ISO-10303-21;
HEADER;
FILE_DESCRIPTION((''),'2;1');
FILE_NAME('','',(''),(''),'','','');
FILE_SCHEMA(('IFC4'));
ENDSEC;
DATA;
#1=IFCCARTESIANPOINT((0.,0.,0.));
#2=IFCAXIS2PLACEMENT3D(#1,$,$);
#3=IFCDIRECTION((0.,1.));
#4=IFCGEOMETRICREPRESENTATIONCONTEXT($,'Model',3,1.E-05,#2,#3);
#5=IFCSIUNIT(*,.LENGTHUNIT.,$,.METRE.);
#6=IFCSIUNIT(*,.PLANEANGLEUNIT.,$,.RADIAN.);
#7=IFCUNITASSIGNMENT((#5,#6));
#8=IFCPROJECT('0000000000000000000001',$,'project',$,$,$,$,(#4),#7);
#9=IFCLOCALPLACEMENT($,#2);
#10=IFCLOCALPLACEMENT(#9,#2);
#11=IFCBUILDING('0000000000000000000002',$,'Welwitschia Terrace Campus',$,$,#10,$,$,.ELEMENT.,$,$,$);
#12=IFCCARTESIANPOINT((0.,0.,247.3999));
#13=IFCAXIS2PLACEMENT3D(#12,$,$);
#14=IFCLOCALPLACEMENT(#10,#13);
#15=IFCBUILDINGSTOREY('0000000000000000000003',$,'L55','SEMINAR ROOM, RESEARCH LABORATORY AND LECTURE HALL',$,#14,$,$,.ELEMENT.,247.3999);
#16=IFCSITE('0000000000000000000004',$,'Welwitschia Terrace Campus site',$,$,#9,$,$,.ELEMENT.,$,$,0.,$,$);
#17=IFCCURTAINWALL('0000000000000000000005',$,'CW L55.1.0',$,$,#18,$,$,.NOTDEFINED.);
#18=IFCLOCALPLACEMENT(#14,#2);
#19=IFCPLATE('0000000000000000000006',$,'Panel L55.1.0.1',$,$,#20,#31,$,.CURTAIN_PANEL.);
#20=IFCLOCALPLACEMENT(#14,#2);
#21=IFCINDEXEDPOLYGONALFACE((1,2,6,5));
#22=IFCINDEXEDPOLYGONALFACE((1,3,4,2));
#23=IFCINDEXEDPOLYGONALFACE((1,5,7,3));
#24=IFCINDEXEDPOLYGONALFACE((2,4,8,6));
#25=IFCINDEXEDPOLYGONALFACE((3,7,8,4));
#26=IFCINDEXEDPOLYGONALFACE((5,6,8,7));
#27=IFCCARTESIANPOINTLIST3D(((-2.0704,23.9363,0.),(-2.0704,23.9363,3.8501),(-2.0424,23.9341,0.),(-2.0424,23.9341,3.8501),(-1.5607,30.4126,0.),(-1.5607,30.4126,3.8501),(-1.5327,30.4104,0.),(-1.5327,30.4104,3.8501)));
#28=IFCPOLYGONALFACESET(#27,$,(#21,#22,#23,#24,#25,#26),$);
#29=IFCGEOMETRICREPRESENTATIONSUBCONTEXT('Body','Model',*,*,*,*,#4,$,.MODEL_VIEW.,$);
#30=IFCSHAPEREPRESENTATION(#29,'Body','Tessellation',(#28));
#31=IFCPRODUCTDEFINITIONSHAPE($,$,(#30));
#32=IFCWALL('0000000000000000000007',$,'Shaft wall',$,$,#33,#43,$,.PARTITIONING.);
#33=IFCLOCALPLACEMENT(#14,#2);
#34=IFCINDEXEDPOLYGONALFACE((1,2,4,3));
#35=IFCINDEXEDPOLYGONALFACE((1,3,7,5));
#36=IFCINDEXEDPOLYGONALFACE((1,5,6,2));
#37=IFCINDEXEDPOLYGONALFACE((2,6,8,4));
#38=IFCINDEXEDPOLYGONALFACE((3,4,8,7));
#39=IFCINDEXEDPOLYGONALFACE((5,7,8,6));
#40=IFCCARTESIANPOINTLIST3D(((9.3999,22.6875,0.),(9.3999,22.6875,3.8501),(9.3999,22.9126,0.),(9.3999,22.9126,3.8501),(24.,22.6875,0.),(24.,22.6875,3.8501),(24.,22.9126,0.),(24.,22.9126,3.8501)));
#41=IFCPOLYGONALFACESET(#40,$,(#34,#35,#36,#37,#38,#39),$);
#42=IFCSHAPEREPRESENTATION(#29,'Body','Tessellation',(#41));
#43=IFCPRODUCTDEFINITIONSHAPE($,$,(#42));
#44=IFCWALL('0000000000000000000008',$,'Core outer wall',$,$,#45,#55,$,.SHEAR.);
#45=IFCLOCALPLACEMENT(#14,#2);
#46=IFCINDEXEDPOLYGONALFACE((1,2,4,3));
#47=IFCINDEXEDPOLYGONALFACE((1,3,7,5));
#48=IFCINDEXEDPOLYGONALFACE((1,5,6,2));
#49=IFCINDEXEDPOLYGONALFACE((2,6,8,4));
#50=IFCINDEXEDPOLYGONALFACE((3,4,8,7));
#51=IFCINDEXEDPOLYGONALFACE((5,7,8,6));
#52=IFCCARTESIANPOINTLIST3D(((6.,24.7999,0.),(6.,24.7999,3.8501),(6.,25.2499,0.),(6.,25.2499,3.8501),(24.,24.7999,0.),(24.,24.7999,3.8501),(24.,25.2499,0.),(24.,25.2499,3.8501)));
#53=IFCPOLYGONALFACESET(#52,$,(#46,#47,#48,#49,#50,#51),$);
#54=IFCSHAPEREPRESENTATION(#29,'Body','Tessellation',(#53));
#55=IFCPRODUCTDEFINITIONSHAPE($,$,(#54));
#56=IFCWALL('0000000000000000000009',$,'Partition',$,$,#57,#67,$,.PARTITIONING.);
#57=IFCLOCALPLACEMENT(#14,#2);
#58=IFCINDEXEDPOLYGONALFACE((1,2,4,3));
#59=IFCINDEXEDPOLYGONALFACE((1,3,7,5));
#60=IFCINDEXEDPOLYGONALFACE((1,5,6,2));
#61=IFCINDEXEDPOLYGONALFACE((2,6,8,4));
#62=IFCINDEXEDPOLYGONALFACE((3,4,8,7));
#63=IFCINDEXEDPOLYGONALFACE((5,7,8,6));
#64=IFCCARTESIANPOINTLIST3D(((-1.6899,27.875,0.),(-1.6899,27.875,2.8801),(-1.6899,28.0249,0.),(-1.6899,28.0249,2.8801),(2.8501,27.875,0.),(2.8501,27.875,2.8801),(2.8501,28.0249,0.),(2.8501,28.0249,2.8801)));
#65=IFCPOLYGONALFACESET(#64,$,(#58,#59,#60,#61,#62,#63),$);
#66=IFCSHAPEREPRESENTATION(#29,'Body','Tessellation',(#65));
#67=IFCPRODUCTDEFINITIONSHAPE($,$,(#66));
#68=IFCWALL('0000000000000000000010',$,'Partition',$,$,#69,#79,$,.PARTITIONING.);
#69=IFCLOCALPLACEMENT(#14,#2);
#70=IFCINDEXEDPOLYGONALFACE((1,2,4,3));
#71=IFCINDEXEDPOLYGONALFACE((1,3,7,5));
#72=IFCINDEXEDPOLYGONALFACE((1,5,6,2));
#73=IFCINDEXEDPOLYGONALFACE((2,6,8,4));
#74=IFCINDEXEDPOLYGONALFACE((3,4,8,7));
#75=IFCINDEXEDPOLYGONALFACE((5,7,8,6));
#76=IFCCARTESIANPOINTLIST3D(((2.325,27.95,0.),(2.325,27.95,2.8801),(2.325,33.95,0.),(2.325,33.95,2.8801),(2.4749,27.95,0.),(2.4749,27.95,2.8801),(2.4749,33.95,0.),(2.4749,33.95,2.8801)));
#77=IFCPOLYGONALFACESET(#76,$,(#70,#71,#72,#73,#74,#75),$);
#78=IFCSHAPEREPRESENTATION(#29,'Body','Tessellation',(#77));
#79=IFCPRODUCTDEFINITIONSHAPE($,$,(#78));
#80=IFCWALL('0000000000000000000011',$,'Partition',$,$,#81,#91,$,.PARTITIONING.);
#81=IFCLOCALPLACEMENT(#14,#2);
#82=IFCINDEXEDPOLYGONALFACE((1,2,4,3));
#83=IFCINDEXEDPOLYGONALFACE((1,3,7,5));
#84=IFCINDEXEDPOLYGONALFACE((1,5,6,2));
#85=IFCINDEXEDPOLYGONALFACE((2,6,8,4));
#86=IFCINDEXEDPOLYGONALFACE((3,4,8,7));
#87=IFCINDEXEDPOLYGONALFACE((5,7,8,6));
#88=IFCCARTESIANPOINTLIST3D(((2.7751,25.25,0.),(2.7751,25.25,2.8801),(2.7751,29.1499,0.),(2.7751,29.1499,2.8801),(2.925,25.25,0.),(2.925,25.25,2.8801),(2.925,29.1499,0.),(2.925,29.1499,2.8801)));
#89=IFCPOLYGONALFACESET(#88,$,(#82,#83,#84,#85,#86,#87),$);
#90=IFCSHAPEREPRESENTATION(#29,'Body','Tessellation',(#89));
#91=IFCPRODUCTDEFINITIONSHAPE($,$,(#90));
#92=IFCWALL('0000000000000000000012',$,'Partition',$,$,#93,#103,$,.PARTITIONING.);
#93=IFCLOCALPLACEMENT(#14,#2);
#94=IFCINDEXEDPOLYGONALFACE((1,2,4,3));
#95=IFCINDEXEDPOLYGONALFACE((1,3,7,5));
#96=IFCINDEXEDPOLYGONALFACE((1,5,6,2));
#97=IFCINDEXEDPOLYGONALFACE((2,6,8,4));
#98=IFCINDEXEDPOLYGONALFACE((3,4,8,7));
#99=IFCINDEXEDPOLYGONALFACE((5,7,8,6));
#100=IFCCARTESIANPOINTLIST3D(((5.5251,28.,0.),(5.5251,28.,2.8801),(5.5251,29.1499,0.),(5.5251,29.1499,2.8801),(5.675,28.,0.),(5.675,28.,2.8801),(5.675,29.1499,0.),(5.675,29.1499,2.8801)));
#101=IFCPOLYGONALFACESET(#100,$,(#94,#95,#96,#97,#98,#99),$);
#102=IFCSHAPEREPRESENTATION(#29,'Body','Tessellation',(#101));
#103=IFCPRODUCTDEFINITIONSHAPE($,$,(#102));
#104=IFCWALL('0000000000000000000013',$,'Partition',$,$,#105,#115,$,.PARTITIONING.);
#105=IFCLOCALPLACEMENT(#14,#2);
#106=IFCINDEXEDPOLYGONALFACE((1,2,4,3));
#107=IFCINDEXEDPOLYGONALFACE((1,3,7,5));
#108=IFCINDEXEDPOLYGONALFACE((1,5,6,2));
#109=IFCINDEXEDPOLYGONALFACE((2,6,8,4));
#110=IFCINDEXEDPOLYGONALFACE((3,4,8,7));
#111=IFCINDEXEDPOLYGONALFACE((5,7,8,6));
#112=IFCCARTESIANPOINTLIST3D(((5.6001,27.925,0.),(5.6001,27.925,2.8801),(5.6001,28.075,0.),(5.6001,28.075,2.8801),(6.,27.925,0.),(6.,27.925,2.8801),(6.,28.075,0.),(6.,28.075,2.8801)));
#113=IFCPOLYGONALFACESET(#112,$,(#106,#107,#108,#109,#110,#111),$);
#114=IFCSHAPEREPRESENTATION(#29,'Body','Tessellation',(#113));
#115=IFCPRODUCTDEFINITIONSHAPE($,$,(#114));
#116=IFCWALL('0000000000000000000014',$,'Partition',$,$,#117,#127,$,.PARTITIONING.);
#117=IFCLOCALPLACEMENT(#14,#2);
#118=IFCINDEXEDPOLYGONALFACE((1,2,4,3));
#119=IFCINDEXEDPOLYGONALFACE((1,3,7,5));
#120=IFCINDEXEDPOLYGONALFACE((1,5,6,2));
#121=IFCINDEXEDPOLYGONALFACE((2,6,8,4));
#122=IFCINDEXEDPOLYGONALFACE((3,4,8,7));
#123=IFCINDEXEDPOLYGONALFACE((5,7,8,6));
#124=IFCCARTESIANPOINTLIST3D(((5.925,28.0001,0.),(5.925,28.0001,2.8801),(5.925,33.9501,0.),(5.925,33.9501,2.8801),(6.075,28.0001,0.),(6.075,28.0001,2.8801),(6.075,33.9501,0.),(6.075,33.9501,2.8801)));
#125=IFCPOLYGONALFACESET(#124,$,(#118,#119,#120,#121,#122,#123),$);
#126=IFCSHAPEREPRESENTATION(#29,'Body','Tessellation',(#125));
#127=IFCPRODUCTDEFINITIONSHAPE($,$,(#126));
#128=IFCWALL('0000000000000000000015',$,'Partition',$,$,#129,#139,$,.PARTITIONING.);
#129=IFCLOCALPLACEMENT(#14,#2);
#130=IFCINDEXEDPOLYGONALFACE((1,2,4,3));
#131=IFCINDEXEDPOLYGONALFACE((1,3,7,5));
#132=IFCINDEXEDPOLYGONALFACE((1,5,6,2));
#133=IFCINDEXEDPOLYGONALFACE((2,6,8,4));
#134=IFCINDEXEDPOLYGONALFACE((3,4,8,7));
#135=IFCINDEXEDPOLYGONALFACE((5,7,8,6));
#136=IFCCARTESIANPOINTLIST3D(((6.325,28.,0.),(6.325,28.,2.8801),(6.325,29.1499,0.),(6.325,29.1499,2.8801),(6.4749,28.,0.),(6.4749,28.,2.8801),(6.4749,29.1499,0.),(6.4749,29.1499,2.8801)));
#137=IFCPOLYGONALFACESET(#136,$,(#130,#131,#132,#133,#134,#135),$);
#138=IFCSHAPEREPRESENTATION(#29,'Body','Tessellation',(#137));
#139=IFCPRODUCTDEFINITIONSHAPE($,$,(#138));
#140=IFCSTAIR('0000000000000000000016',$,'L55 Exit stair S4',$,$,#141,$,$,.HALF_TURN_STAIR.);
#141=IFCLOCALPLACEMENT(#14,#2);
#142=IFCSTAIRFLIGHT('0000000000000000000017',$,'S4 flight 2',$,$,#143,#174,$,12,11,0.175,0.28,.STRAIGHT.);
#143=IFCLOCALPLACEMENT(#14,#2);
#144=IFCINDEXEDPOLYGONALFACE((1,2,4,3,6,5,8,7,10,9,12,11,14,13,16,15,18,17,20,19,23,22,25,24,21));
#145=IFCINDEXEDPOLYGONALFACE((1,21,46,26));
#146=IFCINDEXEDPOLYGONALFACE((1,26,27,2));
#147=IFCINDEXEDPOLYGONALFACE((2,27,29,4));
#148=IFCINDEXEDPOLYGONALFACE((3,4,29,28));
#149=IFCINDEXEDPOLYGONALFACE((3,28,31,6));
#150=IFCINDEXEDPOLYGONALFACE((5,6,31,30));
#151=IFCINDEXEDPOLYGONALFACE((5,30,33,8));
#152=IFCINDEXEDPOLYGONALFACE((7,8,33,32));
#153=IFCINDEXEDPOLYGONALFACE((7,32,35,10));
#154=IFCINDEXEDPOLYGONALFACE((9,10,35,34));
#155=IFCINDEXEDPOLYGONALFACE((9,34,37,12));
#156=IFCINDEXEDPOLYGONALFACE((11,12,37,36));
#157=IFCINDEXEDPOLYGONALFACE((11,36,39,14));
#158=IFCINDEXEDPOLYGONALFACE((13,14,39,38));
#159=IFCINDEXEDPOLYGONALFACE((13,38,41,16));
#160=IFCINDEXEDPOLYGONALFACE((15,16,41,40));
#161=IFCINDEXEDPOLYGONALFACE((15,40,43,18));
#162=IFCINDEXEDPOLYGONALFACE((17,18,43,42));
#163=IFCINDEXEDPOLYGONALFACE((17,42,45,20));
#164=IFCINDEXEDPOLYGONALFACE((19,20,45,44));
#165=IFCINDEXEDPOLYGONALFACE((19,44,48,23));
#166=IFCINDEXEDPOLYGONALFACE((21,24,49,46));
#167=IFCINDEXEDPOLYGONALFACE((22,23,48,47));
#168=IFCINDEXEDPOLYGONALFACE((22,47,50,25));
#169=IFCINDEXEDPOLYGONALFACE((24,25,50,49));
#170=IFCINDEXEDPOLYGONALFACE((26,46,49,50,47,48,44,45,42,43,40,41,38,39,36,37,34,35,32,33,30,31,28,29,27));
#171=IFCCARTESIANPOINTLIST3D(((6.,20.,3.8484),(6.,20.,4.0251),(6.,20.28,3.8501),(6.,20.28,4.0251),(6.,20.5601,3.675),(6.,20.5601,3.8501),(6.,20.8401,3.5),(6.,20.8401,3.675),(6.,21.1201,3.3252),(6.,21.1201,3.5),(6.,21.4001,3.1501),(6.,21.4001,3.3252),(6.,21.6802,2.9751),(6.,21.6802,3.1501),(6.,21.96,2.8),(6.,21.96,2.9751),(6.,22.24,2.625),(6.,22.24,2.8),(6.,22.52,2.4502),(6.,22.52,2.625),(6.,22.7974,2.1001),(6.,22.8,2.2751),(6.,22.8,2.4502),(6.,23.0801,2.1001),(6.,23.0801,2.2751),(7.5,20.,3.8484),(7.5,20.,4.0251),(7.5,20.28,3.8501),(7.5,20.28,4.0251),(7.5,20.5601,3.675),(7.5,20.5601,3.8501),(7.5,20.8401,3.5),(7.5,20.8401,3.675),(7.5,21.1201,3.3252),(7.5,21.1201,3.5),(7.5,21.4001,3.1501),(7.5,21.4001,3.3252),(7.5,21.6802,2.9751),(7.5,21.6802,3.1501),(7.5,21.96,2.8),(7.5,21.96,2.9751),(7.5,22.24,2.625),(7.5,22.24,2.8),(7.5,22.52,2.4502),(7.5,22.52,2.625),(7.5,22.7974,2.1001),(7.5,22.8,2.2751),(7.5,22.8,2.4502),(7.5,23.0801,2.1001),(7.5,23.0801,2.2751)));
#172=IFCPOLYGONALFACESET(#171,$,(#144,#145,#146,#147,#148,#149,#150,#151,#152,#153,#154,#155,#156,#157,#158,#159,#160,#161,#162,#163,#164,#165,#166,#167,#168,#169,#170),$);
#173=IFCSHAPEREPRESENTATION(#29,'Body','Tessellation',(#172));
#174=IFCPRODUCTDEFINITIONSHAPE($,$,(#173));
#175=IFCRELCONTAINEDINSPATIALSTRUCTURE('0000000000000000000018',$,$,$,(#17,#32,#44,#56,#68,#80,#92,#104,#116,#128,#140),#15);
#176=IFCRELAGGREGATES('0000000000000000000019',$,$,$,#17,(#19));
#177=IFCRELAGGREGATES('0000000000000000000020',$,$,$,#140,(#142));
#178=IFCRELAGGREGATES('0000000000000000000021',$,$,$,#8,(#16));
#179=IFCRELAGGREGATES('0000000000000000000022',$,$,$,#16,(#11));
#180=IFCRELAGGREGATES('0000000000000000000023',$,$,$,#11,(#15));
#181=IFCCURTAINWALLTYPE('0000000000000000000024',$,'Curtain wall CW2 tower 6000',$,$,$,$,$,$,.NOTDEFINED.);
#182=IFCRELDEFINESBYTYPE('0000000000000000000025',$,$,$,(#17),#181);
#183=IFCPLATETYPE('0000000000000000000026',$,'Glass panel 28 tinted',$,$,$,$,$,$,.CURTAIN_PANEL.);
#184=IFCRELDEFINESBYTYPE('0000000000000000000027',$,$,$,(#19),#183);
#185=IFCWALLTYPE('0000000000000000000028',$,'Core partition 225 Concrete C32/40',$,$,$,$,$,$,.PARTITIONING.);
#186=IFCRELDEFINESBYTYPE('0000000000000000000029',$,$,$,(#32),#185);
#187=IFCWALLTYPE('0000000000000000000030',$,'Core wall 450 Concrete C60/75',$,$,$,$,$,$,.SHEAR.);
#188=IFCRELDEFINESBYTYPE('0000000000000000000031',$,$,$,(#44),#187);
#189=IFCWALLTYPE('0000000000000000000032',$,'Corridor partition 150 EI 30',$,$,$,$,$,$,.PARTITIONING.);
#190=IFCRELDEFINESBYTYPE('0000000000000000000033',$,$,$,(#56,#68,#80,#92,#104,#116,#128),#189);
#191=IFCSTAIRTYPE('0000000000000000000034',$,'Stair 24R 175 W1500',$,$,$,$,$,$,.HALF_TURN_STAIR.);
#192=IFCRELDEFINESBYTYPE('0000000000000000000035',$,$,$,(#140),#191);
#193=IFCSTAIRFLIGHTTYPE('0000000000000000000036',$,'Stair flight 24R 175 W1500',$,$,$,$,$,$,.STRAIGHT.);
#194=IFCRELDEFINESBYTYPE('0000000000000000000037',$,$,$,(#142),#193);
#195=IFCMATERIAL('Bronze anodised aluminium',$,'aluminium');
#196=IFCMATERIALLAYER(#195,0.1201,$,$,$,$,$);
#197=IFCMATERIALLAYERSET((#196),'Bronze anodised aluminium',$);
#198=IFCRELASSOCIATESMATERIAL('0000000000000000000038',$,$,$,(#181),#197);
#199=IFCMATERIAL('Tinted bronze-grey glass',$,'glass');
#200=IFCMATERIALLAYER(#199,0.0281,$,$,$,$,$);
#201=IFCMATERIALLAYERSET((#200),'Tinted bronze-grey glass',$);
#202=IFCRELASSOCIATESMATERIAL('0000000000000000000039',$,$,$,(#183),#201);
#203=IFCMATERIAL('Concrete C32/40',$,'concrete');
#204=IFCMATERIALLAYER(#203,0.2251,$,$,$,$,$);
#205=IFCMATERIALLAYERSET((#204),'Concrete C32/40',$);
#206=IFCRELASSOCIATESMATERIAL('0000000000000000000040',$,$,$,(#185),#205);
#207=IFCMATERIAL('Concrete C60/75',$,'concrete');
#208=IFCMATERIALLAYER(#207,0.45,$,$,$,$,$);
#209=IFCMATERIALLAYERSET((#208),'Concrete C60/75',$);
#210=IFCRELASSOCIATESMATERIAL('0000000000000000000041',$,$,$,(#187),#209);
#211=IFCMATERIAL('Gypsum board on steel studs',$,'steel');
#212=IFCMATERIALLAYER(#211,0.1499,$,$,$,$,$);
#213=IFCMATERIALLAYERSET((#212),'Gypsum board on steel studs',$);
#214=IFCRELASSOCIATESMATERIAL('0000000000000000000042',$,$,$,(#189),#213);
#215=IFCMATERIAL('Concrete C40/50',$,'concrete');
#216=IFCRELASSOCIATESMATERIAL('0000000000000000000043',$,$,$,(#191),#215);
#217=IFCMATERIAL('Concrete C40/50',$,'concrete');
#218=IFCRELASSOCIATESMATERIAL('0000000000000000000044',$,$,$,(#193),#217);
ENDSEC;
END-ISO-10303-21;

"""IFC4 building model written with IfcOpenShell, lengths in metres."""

from ifc_helpers import new_model, si_unit, direction, frame, frame_2d, origin, origin_2d, place, context, subcontext, project, spatial, polyline, rectangle, outline, extrude, material, layer, layer_set, type_object, element, aggregate, save


model = new_model("IFC4")

# Units and contexts
model_context = context("Model", 3, precision=1e-05, world=origin(), true_north=direction((0.0, 1.0)))
body_context = subcontext(model_context, "Body", "Model", "MODEL_VIEW")
ifc_project = project(units=[si_unit("LENGTHUNIT", "METRE"), si_unit("PLANEANGLEUNIT", "RADIAN")], contexts=[model_context])

# Site, building, storey
site_placement = place(None, origin())
site = spatial("IfcSite", under=ifc_project, at=site_placement, Name="Welwitschia Terrace Campus site", CompositionType="ELEMENT", RefElevation=0.0)
building_placement = place(site_placement, origin())
building = spatial("IfcBuilding", under=site, at=building_placement, Name="Welwitschia Terrace Campus", CompositionType="ELEMENT")
storey_placement = place(building_placement, frame((0.0, 0.0, 247.3999)))
storey = spatial("IfcBuildingStorey", under=building, at=storey_placement, Name="L55", Description="SEMINAR ROOM, RESEARCH LABORATORY AND LECTURE HALL", CompositionType="ELEMENT", Elevation=247.3999)

# Curtain wall
ifc_material_1 = material(Name="Bronze anodised aluminium", Category="aluminium")
ifc_layer_1 = layer(ifc_material_1, 0.1201)
ifc_layer_set_1 = layer_set([ifc_layer_1], Name="Bronze anodised aluminium")
curtain_wall_type = type_object("IfcCurtainWallType", Name="Curtain wall CW2 tower 6000", PredefinedType="NOTDEFINED", material=ifc_layer_set_1)
curtain_wall_placement = place(storey_placement, origin())
curtain_wall = element("IfcCurtainWall", 1, at=curtain_wall_placement, inside=storey, type_object=curtain_wall_type, Name="CW L55.1.0", PredefinedType="NOTDEFINED")

# Plate
ifc_material_2 = material(Name="Tinted bronze-grey glass", Category="glass")
ifc_layer_2 = layer(ifc_material_2, 0.0281)
ifc_layer_set_2 = layer_set([ifc_layer_2], Name="Tinted bronze-grey glass")
plate_type = type_object("IfcPlateType", Name="Glass panel 28 tinted", PredefinedType="CURTAIN_PANEL", material=ifc_layer_set_2)
plate_placement = place(storey_placement, frame((-1.8015, 27.1733, 0.0), z_axis=(0.0, 0.0, 1.0), x_axis=(-0.078459, -0.996917, 0.0)))
plate = element("IfcPlate", 2, at=plate_placement, type_object=plate_type, Name="Panel L55.1.0.1", PredefinedType="CURTAIN_PANEL", context=body_context, shape_type="SweptSolid", body=[
    extrude(rectangle(XDim=6.4963, YDim=0.0281, at=origin_2d()), origin(), (0.0, 0.0, 1.0), 3.8501),
])
aggregate(curtain_wall, [plate])

# Walls
ifc_material_3 = material(Name="Concrete C32/40", Category="concrete")
ifc_layer_3 = layer(ifc_material_3, 0.2251)
ifc_layer_set_3 = layer_set([ifc_layer_3], Name="Concrete C32/40")
wall_type_1 = type_object("IfcWallType", Name="Core partition 225 Concrete C32/40", PredefinedType="PARTITIONING", material=ifc_layer_set_3)
wall_1_placement = place(storey_placement, frame((9.3999, 22.8, 0.0), z_axis=(0.0, 0.0, 1.0), x_axis=(1.0, 0.0, 0.0)))
element("IfcWall", 3, at=wall_1_placement, inside=storey, type_object=wall_type_1, Name="Shaft wall", PredefinedType="PARTITIONING", context=body_context, shape_type="SweptSolid", body=[
    extrude(rectangle(XDim=14.6001, YDim=0.2251, at=frame_2d((7.3, 0.0))), origin(), (0.0, 0.0, 1.0), 3.8501),
])
ifc_material_4 = material(Name="Concrete C60/75", Category="concrete")
ifc_layer_4 = layer(ifc_material_4, 0.45)
ifc_layer_set_4 = layer_set([ifc_layer_4], Name="Concrete C60/75")
wall_type_2 = type_object("IfcWallType", Name="Core wall 450 Concrete C60/75", PredefinedType="SHEAR", material=ifc_layer_set_4)
wall_2_placement = place(storey_placement, frame((6.0, 25.0249, 0.0), z_axis=(0.0, 0.0, 1.0), x_axis=(1.0, 0.0, 0.0)))
element("IfcWall", 4, at=wall_2_placement, inside=storey, type_object=wall_type_2, Name="Core outer wall", PredefinedType="SHEAR", context=body_context, shape_type="SweptSolid", body=[
    extrude(rectangle(XDim=18.0, YDim=0.45, at=frame_2d((9.0, 0.0))), origin(), (0.0, 0.0, 1.0), 3.8501),
])
ifc_material_5 = material(Name="Gypsum board on steel studs", Category="steel")
ifc_layer_5 = layer(ifc_material_5, 0.1499)
ifc_layer_set_5 = layer_set([ifc_layer_5], Name="Gypsum board on steel studs")
wall_type_3 = type_object("IfcWallType", Name="Corridor partition 150 EI 30", PredefinedType="PARTITIONING", material=ifc_layer_set_5)
wall_3_placement = place(storey_placement, frame((-1.6899, 27.95, 0.0), z_axis=(0.0, 0.0, 1.0), x_axis=(1.0, 0.0, 0.0)))
element("IfcWall", 5, at=wall_3_placement, inside=storey, type_object=wall_type_3, Name="Partition", PredefinedType="PARTITIONING", context=body_context, shape_type="SweptSolid", body=[
    extrude(rectangle(XDim=4.54, YDim=0.1499, at=frame_2d((2.27, 0.0))), origin(), (0.0, 0.0, 1.0), 2.8801),
])
wall_4_placement = place(storey_placement, frame((2.3999, 27.95, 0.0), z_axis=(0.0, 0.0, 1.0), x_axis=(0.0, 1.0, 0.0)))
element("IfcWall", 6, at=wall_4_placement, inside=storey, type_object=wall_type_3, Name="Partition", PredefinedType="PARTITIONING", context=body_context, shape_type="SweptSolid", body=[
    extrude(rectangle(XDim=6.0, YDim=0.1499, at=frame_2d((3.0, 0.0))), origin(), (0.0, 0.0, 1.0), 2.8801),
])
wall_5_placement = place(storey_placement, frame((2.8501, 25.25, 0.0), z_axis=(0.0, 0.0, 1.0), x_axis=(0.0, 1.0, 0.0)))
element("IfcWall", 7, at=wall_5_placement, inside=storey, type_object=wall_type_3, Name="Partition", PredefinedType="PARTITIONING", context=body_context, shape_type="SweptSolid", body=[
    extrude(rectangle(XDim=3.8999, YDim=0.1499, at=frame_2d((1.95, 0.0))), origin(), (0.0, 0.0, 1.0), 2.8801),
])
wall_6_placement = place(storey_placement, frame((5.6001, 28.0, 0.0), z_axis=(0.0, 0.0, 1.0), x_axis=(0.0, 1.0, 0.0)))
element("IfcWall", 8, at=wall_6_placement, inside=storey, type_object=wall_type_3, Name="Partition", PredefinedType="PARTITIONING", context=body_context, shape_type="SweptSolid", body=[
    extrude(rectangle(XDim=1.1499, YDim=0.1499, at=frame_2d((0.575, 0.0))), origin(), (0.0, 0.0, 1.0), 2.8801),
])
wall_7_placement = place(storey_placement, frame((5.6001, 28.0, 0.0), z_axis=(0.0, 0.0, 1.0), x_axis=(1.0, 0.0, 0.0)))
element("IfcWall", 9, at=wall_7_placement, inside=storey, type_object=wall_type_3, Name="Partition", PredefinedType="PARTITIONING", context=body_context, shape_type="SweptSolid", body=[
    extrude(rectangle(XDim=0.3999, YDim=0.1499, at=frame_2d((0.2, 0.0))), origin(), (0.0, 0.0, 1.0), 2.8801),
])
wall_8_placement = place(storey_placement, frame((6.0, 28.0, 0.0), z_axis=(0.0, 0.0, 1.0), x_axis=(0.0, 1.0, 0.0)))
element("IfcWall", 10, at=wall_8_placement, inside=storey, type_object=wall_type_3, Name="Partition", PredefinedType="PARTITIONING", context=body_context, shape_type="SweptSolid", body=[
    extrude(rectangle(XDim=5.95, YDim=0.1499, at=frame_2d((2.9751, 0.0))), origin(), (0.0, 0.0, 1.0), 2.8801),
])
wall_9_placement = place(storey_placement, frame((6.3999, 28.0, 0.0), z_axis=(0.0, 0.0, 1.0), x_axis=(0.0, 1.0, 0.0)))
element("IfcWall", 11, at=wall_9_placement, inside=storey, type_object=wall_type_3, Name="Partition", PredefinedType="PARTITIONING", context=body_context, shape_type="SweptSolid", body=[
    extrude(rectangle(XDim=1.1499, YDim=0.1499, at=frame_2d((0.575, 0.0))), origin(), (0.0, 0.0, 1.0), 2.8801),
])

# Stair, stair flight
ifc_material_6 = material(Name="Concrete C40/50", Category="concrete")
stair_type = type_object("IfcStairType", Name="Stair 24R 175 W1500", PredefinedType="HALF_TURN_STAIR", material=ifc_material_6)
stair_placement = place(storey_placement, origin())
stair = element("IfcStair", 12, at=stair_placement, inside=storey, type_object=stair_type, Name="L55 Exit stair S4", PredefinedType="HALF_TURN_STAIR")
ifc_material_7 = material(Name="Concrete C40/50", Category="concrete")
stair_flight_type = type_object("IfcStairFlightType", Name="Stair flight 24R 175 W1500", PredefinedType="STRAIGHT", material=ifc_material_7)
stair_flight_placement = place(storey_placement, frame((6.75, 23.0801, 2.1001), z_axis=(0.0, 0.0, 1.0), x_axis=(0.0, -1.0, 0.0)))
stair_flight = element("IfcStairFlight", 13, at=stair_flight_placement, type_object=stair_flight_type, Name="S4 flight 2", NumberOfRisers=12, NumberOfTreads=11, PredefinedType="STRAIGHT", RiserHeight=0.175, TreadLength=0.28, context=body_context, shape_type="SweptSolid", body=[
    extrude(outline(polyline([(0.0, 0.0), (0.0, 0.175), (0.28, 0.175), (0.28, 0.3501), (0.5601, 0.3501), (0.5601, 0.5249), (0.8401, 0.5249), (0.8401, 0.7), (1.1201, 0.7), (1.1201, 0.875), (1.3999, 0.875), (1.3999, 1.05), (1.6799, 1.05), (1.6799, 1.2251), (1.96, 1.2251), (1.96, 1.3999), (2.24, 1.3999), (2.24, 1.575), (2.52, 1.575), (2.52, 1.75), (2.8, 1.75), (2.8, 1.925), (3.0801, 1.925), (3.0801, 2.1001), (3.0801, 1.7483), (0.2827, 0.0), (0.0, 0.0)])), frame((0.0, 0.75, 0.0), z_axis=(0.0, -1.0, 0.0), x_axis=(1.0, 0.0, 0.0)), (0.0, 0.0, 1.0), 1.5),
])
aggregate(stair, [stair_flight])

save(model, "model.ifc")
